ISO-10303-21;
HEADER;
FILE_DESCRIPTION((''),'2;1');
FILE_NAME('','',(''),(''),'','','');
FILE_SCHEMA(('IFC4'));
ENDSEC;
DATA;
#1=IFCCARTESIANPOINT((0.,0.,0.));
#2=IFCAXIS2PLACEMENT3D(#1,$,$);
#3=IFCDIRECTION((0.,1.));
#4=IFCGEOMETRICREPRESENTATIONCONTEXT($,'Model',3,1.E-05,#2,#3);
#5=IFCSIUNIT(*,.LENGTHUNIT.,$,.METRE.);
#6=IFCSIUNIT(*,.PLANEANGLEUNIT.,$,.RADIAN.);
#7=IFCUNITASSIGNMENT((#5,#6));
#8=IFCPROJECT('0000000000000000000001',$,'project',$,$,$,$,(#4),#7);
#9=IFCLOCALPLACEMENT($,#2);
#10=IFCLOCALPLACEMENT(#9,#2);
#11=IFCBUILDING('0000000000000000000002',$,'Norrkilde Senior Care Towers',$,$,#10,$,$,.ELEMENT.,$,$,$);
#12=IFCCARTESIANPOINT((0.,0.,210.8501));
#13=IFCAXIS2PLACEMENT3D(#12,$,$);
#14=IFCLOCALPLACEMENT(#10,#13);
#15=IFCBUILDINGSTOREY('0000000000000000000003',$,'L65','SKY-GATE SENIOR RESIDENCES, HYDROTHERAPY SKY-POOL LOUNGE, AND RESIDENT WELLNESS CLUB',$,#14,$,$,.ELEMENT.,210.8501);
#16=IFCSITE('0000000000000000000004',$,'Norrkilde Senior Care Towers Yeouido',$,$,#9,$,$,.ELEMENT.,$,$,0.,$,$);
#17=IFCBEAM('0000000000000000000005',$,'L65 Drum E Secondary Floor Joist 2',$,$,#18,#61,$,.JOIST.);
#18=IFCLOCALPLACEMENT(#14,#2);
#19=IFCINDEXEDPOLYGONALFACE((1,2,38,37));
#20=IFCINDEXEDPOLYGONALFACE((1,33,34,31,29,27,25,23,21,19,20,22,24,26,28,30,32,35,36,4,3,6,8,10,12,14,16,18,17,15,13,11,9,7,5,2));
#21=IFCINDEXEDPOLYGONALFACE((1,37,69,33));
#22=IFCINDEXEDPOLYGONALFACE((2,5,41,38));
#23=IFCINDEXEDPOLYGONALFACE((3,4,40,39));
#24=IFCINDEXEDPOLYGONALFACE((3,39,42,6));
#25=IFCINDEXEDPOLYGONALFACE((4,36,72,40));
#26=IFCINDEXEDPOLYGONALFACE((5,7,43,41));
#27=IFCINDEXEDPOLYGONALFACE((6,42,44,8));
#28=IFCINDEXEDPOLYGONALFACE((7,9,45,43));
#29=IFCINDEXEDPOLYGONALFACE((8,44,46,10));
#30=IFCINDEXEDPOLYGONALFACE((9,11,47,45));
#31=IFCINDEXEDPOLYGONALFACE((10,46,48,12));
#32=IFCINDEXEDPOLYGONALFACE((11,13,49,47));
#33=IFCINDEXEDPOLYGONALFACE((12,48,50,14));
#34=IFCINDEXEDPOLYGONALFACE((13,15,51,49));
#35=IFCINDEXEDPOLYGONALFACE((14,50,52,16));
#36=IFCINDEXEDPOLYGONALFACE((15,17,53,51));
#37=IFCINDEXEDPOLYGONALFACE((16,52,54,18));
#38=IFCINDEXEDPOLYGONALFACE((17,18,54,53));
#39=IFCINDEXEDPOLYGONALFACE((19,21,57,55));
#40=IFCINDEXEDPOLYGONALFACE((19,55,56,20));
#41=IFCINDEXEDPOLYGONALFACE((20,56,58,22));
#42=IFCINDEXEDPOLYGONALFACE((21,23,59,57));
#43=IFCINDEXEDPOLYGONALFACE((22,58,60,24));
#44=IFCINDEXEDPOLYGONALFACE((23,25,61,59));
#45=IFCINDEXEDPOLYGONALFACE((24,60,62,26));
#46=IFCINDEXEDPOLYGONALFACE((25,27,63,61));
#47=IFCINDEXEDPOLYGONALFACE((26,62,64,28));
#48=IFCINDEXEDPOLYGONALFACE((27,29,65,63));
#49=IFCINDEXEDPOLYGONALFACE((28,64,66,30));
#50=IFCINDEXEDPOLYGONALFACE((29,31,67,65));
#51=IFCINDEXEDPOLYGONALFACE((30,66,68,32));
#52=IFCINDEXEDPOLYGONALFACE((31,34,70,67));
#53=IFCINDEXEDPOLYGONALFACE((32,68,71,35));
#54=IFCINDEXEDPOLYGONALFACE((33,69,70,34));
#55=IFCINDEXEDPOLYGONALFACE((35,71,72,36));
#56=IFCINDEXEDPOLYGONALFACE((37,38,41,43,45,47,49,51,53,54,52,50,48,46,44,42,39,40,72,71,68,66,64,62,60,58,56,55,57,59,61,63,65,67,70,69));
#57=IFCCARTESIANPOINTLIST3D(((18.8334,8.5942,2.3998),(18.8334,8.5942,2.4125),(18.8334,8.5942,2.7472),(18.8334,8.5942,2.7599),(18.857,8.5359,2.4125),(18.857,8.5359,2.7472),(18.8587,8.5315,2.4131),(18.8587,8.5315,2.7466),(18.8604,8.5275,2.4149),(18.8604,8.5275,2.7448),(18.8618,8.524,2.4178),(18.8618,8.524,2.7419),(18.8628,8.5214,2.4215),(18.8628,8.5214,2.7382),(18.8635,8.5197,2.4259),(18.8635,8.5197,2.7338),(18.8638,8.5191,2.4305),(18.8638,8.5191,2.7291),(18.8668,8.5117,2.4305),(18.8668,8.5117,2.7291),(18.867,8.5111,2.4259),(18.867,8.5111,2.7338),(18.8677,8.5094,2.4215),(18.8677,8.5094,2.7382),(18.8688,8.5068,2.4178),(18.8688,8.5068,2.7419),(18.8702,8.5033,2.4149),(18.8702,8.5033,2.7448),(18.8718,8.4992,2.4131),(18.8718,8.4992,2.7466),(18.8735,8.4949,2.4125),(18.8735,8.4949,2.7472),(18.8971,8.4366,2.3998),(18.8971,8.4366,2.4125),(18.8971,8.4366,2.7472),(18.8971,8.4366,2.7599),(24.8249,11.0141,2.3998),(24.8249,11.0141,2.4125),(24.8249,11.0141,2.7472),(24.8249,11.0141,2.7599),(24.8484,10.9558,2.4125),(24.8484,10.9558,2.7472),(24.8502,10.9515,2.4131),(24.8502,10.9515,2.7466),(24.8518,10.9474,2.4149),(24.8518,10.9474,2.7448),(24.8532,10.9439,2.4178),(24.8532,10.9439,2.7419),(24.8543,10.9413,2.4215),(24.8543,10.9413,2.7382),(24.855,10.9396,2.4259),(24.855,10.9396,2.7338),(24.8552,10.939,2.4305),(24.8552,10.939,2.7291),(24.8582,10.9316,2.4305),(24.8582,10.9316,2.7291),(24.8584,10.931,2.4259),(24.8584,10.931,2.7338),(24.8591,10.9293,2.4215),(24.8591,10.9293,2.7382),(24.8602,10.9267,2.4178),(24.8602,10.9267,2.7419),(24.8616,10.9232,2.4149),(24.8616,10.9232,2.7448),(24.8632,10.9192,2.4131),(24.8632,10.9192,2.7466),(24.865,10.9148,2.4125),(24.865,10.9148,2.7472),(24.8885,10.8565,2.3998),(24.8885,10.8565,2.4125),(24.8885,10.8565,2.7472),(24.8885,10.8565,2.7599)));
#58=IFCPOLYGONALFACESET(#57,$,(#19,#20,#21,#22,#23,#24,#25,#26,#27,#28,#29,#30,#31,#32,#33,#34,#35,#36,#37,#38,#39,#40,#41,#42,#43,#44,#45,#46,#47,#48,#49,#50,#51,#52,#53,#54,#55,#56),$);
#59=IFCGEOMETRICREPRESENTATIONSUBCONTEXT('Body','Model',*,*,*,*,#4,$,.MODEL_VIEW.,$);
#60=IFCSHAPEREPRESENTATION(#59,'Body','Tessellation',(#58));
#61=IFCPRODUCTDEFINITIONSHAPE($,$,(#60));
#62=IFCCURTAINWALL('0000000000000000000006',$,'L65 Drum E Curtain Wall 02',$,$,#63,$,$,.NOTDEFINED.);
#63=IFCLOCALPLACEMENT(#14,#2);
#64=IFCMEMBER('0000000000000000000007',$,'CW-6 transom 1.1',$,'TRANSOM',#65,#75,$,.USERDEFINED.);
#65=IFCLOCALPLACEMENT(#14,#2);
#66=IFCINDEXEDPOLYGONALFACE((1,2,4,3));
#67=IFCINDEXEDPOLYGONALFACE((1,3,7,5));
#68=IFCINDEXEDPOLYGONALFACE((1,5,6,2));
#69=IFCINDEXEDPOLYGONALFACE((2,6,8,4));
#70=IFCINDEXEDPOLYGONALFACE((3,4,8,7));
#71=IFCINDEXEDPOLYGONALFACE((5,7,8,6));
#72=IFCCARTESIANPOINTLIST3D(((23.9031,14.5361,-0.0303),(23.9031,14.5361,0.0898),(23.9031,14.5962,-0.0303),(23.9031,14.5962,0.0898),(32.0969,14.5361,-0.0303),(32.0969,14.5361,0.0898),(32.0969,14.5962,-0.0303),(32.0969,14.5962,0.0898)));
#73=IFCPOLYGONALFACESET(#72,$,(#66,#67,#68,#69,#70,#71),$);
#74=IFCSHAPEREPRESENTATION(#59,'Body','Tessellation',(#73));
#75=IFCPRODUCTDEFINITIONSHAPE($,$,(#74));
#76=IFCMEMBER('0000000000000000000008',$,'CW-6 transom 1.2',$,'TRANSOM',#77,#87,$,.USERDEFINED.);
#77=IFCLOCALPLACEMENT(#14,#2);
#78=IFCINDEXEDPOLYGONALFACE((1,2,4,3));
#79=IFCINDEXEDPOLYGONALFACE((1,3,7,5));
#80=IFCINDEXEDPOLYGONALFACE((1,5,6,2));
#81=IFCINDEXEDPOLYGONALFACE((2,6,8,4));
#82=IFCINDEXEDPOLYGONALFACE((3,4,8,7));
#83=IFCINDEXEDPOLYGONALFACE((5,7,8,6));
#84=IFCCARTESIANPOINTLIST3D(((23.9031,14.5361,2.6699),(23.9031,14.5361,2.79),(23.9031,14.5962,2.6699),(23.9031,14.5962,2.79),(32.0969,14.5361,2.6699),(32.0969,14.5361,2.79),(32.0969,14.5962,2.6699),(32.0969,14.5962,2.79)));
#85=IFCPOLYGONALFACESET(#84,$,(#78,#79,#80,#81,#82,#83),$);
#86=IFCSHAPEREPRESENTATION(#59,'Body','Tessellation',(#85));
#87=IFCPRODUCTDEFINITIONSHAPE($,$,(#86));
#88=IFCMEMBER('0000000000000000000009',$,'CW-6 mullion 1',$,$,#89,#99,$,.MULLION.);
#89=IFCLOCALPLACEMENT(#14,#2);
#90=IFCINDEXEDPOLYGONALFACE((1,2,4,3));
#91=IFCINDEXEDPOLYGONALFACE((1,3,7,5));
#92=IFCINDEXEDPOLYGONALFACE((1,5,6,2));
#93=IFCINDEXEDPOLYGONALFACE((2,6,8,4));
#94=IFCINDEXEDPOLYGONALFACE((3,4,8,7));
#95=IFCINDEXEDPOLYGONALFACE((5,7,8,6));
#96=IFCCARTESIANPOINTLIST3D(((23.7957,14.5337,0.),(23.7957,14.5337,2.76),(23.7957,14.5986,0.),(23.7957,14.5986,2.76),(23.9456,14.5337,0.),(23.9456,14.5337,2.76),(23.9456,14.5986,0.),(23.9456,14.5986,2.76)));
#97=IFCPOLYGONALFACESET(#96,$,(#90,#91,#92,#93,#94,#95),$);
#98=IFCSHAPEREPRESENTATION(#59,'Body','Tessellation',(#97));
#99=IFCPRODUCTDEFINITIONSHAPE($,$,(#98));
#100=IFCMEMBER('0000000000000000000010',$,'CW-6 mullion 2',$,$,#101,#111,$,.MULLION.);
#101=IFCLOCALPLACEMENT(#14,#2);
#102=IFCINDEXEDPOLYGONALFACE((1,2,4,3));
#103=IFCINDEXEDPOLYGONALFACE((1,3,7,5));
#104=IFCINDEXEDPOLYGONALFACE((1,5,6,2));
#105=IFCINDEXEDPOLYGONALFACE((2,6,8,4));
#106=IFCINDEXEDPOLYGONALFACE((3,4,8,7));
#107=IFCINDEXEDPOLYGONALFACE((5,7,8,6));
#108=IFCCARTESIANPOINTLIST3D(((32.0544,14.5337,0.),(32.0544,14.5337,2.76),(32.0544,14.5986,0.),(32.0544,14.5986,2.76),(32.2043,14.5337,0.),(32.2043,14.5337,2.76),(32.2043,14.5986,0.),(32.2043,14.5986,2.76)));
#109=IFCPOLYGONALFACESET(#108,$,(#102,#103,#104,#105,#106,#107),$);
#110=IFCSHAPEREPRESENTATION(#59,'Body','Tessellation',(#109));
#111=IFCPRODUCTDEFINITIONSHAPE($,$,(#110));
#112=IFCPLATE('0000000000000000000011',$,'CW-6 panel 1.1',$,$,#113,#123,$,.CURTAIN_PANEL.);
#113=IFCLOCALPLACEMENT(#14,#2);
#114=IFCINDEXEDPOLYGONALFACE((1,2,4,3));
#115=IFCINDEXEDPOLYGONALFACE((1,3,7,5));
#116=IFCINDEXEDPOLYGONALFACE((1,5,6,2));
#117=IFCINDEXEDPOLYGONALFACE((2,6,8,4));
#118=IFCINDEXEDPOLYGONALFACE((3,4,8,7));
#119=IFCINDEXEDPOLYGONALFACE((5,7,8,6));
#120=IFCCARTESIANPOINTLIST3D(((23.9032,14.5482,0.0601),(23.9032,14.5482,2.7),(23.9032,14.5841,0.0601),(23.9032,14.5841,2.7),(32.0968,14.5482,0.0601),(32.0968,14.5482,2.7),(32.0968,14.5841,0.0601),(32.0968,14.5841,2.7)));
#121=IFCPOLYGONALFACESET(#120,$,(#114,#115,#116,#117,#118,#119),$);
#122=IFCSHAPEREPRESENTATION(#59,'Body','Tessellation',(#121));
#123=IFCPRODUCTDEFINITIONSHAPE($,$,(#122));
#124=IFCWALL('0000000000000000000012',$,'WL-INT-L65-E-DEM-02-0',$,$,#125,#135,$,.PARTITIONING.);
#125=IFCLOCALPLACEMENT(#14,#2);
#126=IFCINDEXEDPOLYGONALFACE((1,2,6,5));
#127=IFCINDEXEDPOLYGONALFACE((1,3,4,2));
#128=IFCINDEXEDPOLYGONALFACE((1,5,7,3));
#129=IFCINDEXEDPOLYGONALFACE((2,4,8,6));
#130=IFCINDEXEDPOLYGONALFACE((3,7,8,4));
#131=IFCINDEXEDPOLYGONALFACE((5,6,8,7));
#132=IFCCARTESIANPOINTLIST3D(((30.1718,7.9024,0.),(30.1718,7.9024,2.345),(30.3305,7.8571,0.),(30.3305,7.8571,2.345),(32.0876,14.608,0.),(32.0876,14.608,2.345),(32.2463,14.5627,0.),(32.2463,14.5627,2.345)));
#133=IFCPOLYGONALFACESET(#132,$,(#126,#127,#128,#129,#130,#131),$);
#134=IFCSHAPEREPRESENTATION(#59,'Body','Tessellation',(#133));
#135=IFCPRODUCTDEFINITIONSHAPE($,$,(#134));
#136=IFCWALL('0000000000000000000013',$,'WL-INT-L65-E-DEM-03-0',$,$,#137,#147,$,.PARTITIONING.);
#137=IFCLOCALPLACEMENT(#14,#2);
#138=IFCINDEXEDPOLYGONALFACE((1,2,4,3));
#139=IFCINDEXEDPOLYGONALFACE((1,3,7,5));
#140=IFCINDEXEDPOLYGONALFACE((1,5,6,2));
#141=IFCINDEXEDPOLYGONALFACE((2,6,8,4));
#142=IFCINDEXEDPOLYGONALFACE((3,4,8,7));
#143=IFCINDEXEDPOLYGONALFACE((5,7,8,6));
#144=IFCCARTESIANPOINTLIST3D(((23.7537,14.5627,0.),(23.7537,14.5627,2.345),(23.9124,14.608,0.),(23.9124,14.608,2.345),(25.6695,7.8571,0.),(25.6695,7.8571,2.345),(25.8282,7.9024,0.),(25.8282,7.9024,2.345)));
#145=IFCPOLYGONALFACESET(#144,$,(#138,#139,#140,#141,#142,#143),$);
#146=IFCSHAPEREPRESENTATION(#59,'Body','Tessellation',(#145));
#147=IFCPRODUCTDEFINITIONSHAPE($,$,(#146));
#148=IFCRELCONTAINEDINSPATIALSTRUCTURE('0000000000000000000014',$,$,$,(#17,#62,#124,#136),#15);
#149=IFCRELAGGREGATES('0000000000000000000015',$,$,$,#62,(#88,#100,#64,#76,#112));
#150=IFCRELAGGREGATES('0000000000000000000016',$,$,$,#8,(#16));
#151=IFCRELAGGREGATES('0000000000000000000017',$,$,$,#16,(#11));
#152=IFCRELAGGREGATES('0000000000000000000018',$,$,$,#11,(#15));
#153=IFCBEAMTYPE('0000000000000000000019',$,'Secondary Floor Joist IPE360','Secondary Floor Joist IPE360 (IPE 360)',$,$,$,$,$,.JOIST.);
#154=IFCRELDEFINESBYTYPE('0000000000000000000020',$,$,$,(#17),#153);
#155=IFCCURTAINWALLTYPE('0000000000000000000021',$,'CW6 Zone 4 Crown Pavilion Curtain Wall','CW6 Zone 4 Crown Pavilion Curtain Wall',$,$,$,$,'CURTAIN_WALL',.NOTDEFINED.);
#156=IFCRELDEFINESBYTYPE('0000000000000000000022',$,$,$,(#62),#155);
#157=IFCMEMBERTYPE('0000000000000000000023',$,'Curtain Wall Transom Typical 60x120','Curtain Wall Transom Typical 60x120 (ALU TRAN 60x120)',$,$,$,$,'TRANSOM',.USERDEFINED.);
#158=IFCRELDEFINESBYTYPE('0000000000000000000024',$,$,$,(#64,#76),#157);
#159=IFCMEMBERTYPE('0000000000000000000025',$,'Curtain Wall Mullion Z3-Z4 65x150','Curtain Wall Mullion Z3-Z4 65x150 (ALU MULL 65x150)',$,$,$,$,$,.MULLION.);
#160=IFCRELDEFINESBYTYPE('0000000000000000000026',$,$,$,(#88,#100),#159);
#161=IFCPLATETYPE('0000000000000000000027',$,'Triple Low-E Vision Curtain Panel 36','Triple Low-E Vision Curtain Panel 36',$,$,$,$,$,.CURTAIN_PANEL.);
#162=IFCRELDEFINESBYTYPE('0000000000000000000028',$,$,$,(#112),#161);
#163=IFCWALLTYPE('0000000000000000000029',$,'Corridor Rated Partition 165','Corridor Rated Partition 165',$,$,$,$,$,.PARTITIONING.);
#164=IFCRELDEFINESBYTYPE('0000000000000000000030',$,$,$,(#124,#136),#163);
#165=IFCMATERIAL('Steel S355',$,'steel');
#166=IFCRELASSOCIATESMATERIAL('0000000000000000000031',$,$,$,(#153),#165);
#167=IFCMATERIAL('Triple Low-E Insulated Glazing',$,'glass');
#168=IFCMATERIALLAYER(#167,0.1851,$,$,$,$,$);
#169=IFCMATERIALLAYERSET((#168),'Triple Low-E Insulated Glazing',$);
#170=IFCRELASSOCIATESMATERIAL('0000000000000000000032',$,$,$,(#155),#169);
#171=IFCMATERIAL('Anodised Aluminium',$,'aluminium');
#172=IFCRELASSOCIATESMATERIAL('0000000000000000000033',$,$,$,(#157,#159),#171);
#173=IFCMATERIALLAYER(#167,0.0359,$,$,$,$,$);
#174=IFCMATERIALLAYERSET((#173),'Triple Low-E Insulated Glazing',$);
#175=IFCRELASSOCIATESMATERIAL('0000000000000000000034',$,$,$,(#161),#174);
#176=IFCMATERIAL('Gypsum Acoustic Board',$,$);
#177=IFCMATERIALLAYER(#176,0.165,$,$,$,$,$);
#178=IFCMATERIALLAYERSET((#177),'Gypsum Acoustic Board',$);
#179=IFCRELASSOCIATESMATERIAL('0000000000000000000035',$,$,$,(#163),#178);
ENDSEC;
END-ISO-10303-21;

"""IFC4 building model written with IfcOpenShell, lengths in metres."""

from ifc_helpers import new_model, si_unit, direction, frame, frame_2d, origin, origin_2d, place, context, subcontext, project, spatial, rectangle, i_section, extrude, source, transform, mapped, material, layer, layer_set, material_profile, profile_set, type_object, type_shapes, element, aggregate, save


model = new_model("IFC4")

# Units and contexts
model_context = context("Model", 3, precision=1e-05, world=origin(), true_north=direction((0.0, 1.0)))
body_context = subcontext(model_context, "Body", "Model", "MODEL_VIEW")
ifc_project = project(units=[si_unit("LENGTHUNIT", "METRE"), si_unit("PLANEANGLEUNIT", "RADIAN")], contexts=[model_context])

# Site, building, storey
site_placement = place(None, origin())
site = spatial("IfcSite", under=ifc_project, at=site_placement, Name="Norrkilde Senior Care Towers Yeouido", CompositionType="ELEMENT", RefElevation=0.0)
building_placement = place(site_placement, origin())
building = spatial("IfcBuilding", under=site, at=building_placement, Name="Norrkilde Senior Care Towers", CompositionType="ELEMENT")
storey_placement = place(building_placement, frame((0.0, 0.0, 210.8501)))
storey = spatial("IfcBuildingStorey", under=building, at=storey_placement, Name="L65", Description="SKY-GATE SENIOR RESIDENCES, HYDROTHERAPY SKY-POOL LOUNGE, AND RESIDENT WELLNESS CLUB", CompositionType="ELEMENT", Elevation=210.8501)

# Beam
ifc_material_1 = material(Name="Steel S355", Category="steel")
ifc_material_profile_1 = material_profile(ifc_material_1, i_section(OverallWidth=0.1699, OverallDepth=0.3601, WebThickness=0.0081, FlangeThickness=0.0127, FilletRadius=0.0181, at=origin_2d()), Name="IPE 360")
ifc_profile_set_1 = profile_set([ifc_material_profile_1], Name="Steel S355")
beam_type_1 = type_object("IfcBeamType", Name="Secondary Floor Joist IPE360", Description="Secondary Floor Joist IPE360 (IPE 360)", PredefinedType="JOIST", material=ifc_profile_set_1)
shared_shape_1 = source(origin(), body_context, "Body", "SweptSolid", [
    extrude(i_section(OverallWidth=0.1699, OverallDepth=0.3601, WebThickness=0.0081, FlangeThickness=0.0127, FilletRadius=0.0181, at=origin_2d()), origin(), (0.0, 0.0, 1.0), 6.4617),
])
type_shapes(beam_type_1, [shared_shape_1])
beam_1_placement = place(storey_placement, frame((24.8567, 10.9353, 2.5798), z_axis=(-0.927226, -0.374502, 0.0), x_axis=(0.374502, -0.927226, 0.0)))
element("IfcBeam", 1, at=beam_1_placement, inside=storey, type_object=beam_type_1, Name="L65 Drum E Secondary Floor Joist 2", PredefinedType="JOIST", context=body_context, shape_type="MappedRepresentation", body=[
    mapped(shared_shape_1, transform((0.0, 0.0, 0.0), x_axis=(1.0, 0.0, 0.0), y_axis=(0.0, 1.0, 0.0), z_axis=(0.0, 0.0, 1.0), scale=1.0)),
])

# Curtain wall, members, plate
ifc_material_2 = material(Name="Triple Low-E Insulated Glazing", Category="glass")
ifc_layer_1 = layer(ifc_material_2, 0.1851)
ifc_layer_set_1 = layer_set([ifc_layer_1], Name="Triple Low-E Insulated Glazing")
curtain_wall_type = type_object("IfcCurtainWallType", Name="CW6 Zone 4 Crown Pavilion Curtain Wall", Description="CW6 Zone 4 Crown Pavilion Curtain Wall", ElementType="CURTAIN_WALL", PredefinedType="NOTDEFINED", material=ifc_layer_set_1)
curtain_wall_placement = place(storey_placement, origin())
curtain_wall = element("IfcCurtainWall", 2, at=curtain_wall_placement, inside=storey, type_object=curtain_wall_type, Name="L65 Drum E Curtain Wall 02", PredefinedType="NOTDEFINED")
ifc_material_3 = material(Name="Anodised Aluminium", Category="aluminium")
ifc_material_profile_2 = material_profile(ifc_material_3, rectangle(XDim=0.0601, YDim=0.1201, at=origin_2d()), Name="ALU TRAN 60x120")
ifc_profile_set_2 = profile_set([ifc_material_profile_2], Name="Anodised Aluminium")
member_type_1 = type_object("IfcMemberType", Name="Curtain Wall Transom Typical 60x120", Description="Curtain Wall Transom Typical 60x120 (ALU TRAN 60x120)", ElementType="TRANSOM", PredefinedType="USERDEFINED", material=ifc_profile_set_2)
shared_shape_2 = source(origin(), body_context, "Body", "SweptSolid", [
    extrude(rectangle(XDim=0.0601, YDim=0.1201, at=origin_2d()), origin(), (0.0, 0.0, 1.0), 8.1938),
])
type_shapes(member_type_1, [shared_shape_2])
member_1_placement = place(storey_placement, frame((23.9031, 14.5662, 0.0298), z_axis=(1.0, 0.0, 0.0), x_axis=(0.0, 1.0, 0.0)))
member_1 = element("IfcMember", 3, at=member_1_placement, type_object=member_type_1, Name="CW-6 transom 1.1", ObjectType="TRANSOM", PredefinedType="USERDEFINED", context=body_context, shape_type="MappedRepresentation", body=[
    mapped(shared_shape_2, transform((0.0, 0.0, 0.0), x_axis=(1.0, 0.0, 0.0), y_axis=(0.0, 1.0, 0.0), z_axis=(0.0, 0.0, 1.0), scale=1.0)),
])
member_2_placement = place(storey_placement, frame((23.9031, 14.5662, 2.73), z_axis=(1.0, 0.0, 0.0), x_axis=(0.0, 1.0, 0.0)))
member_2 = element("IfcMember", 4, at=member_2_placement, type_object=member_type_1, Name="CW-6 transom 1.2", ObjectType="TRANSOM", PredefinedType="USERDEFINED", context=body_context, shape_type="MappedRepresentation", body=[
    mapped(shared_shape_2, transform((0.0, 0.0, 0.0), x_axis=(1.0, 0.0, 0.0), y_axis=(0.0, 1.0, 0.0), z_axis=(0.0, 0.0, 1.0), scale=1.0)),
])
ifc_material_profile_3 = material_profile(ifc_material_3, rectangle(XDim=0.0649, YDim=0.1499, at=origin_2d()), Name="ALU MULL 65x150")
ifc_profile_set_3 = profile_set([ifc_material_profile_3], Name="Anodised Aluminium")
member_type_2 = type_object("IfcMemberType", Name="Curtain Wall Mullion Z3-Z4 65x150", Description="Curtain Wall Mullion Z3-Z4 65x150 (ALU MULL 65x150)", PredefinedType="MULLION", material=ifc_profile_set_3)
shared_shape_3 = source(origin(), body_context, "Body", "SweptSolid", [
    extrude(rectangle(XDim=0.0649, YDim=0.1499, at=origin_2d()), origin(), (0.0, 0.0, 1.0), 2.76),
])
type_shapes(member_type_2, [shared_shape_3])
member_3_placement = place(storey_placement, frame((23.8706, 14.5662, 0.0), z_axis=(0.0, 0.0, 1.0), x_axis=(0.0, 1.0, 0.0)))
member_3 = element("IfcMember", 5, at=member_3_placement, type_object=member_type_2, Name="CW-6 mullion 1", PredefinedType="MULLION", context=body_context, shape_type="MappedRepresentation", body=[
    mapped(shared_shape_3, transform((0.0, 0.0, 0.0), x_axis=(1.0, 0.0, 0.0), y_axis=(0.0, 1.0, 0.0), z_axis=(0.0, 0.0, 1.0), scale=1.0)),
])
member_4_placement = place(storey_placement, frame((32.1294, 14.5662, 0.0), z_axis=(0.0, 0.0, 1.0), x_axis=(0.0, 1.0, 0.0)))
member_4 = element("IfcMember", 6, at=member_4_placement, type_object=member_type_2, Name="CW-6 mullion 2", PredefinedType="MULLION", context=body_context, shape_type="MappedRepresentation", body=[
    mapped(shared_shape_3, transform((0.0, 0.0, 0.0), x_axis=(1.0, 0.0, 0.0), y_axis=(0.0, 1.0, 0.0), z_axis=(0.0, 0.0, 1.0), scale=1.0)),
])
ifc_layer_2 = layer(ifc_material_2, 0.0359)
ifc_layer_set_2 = layer_set([ifc_layer_2], Name="Triple Low-E Insulated Glazing")
plate_type = type_object("IfcPlateType", Name="Triple Low-E Vision Curtain Panel 36", Description="Triple Low-E Vision Curtain Panel 36", PredefinedType="CURTAIN_PANEL", material=ifc_layer_set_2)
shared_shape_4 = source(origin(), body_context, "Body", "SweptSolid", [
    extrude(rectangle(XDim=8.1936, YDim=0.0359, at=origin_2d()), origin(), (0.0, 0.0, 1.0), 2.6399),
])
type_shapes(plate_type, [shared_shape_4])
plate_placement = place(storey_placement, frame((28.0, 14.5662, 0.0601), z_axis=(0.0, 0.0, 1.0), x_axis=(1.0, 0.0, 0.0)))
plate = element("IfcPlate", 7, at=plate_placement, type_object=plate_type, Name="CW-6 panel 1.1", PredefinedType="CURTAIN_PANEL", context=body_context, shape_type="MappedRepresentation", body=[
    mapped(shared_shape_4, transform((0.0, 0.0, 0.0), x_axis=(1.0, 0.0, 0.0), y_axis=(0.0, 1.0, 0.0), z_axis=(0.0, 0.0, 1.0), scale=1.0)),
])
aggregate(curtain_wall, [member_3, member_4, member_1, member_2, plate])

# Walls
ifc_material_4 = material(Name="Gypsum Acoustic Board")
ifc_layer_3 = layer(ifc_material_4, 0.165)
ifc_layer_set_3 = layer_set([ifc_layer_3], Name="Gypsum Acoustic Board")
wall_type = type_object("IfcWallType", Name="Corridor Rated Partition 165", Description="Corridor Rated Partition 165", PredefinedType="PARTITIONING", material=ifc_layer_set_3)
shared_shape_5 = source(origin(), body_context, "Body", "SweptSolid", [
    extrude(rectangle(XDim=6.9739, YDim=0.165, at=frame_2d((3.4868, 0.0))), origin(), (0.0, 0.0, 1.0), 2.345),
])
for number, where, z_axis, x_axis, name in (
    (8, (30.2512, 7.8799, 0.0), (0.0, 0.0, 1.0), (0.274707, 0.961528, 0.0), "WL-INT-L65-E-DEM-02-0"),
    (9, (25.7488, 7.8799, 0.0), (0.0, 0.0, 1.0), (-0.274707, 0.961528, 0.0), "WL-INT-L65-E-DEM-03-0"),
):
    element("IfcWall", number, at=place(storey_placement, frame(where, z_axis=z_axis, x_axis=x_axis)), inside=storey, type_object=wall_type, Name=name, PredefinedType="PARTITIONING", context=body_context, shape_type="MappedRepresentation", body=[
        mapped(shared_shape_5, transform((0.0, 0.0, 0.0), x_axis=(1.0, 0.0, 0.0), y_axis=(0.0, 1.0, 0.0), z_axis=(0.0, 0.0, 1.0), scale=1.0)),
    ])

save(model, "model.ifc")
